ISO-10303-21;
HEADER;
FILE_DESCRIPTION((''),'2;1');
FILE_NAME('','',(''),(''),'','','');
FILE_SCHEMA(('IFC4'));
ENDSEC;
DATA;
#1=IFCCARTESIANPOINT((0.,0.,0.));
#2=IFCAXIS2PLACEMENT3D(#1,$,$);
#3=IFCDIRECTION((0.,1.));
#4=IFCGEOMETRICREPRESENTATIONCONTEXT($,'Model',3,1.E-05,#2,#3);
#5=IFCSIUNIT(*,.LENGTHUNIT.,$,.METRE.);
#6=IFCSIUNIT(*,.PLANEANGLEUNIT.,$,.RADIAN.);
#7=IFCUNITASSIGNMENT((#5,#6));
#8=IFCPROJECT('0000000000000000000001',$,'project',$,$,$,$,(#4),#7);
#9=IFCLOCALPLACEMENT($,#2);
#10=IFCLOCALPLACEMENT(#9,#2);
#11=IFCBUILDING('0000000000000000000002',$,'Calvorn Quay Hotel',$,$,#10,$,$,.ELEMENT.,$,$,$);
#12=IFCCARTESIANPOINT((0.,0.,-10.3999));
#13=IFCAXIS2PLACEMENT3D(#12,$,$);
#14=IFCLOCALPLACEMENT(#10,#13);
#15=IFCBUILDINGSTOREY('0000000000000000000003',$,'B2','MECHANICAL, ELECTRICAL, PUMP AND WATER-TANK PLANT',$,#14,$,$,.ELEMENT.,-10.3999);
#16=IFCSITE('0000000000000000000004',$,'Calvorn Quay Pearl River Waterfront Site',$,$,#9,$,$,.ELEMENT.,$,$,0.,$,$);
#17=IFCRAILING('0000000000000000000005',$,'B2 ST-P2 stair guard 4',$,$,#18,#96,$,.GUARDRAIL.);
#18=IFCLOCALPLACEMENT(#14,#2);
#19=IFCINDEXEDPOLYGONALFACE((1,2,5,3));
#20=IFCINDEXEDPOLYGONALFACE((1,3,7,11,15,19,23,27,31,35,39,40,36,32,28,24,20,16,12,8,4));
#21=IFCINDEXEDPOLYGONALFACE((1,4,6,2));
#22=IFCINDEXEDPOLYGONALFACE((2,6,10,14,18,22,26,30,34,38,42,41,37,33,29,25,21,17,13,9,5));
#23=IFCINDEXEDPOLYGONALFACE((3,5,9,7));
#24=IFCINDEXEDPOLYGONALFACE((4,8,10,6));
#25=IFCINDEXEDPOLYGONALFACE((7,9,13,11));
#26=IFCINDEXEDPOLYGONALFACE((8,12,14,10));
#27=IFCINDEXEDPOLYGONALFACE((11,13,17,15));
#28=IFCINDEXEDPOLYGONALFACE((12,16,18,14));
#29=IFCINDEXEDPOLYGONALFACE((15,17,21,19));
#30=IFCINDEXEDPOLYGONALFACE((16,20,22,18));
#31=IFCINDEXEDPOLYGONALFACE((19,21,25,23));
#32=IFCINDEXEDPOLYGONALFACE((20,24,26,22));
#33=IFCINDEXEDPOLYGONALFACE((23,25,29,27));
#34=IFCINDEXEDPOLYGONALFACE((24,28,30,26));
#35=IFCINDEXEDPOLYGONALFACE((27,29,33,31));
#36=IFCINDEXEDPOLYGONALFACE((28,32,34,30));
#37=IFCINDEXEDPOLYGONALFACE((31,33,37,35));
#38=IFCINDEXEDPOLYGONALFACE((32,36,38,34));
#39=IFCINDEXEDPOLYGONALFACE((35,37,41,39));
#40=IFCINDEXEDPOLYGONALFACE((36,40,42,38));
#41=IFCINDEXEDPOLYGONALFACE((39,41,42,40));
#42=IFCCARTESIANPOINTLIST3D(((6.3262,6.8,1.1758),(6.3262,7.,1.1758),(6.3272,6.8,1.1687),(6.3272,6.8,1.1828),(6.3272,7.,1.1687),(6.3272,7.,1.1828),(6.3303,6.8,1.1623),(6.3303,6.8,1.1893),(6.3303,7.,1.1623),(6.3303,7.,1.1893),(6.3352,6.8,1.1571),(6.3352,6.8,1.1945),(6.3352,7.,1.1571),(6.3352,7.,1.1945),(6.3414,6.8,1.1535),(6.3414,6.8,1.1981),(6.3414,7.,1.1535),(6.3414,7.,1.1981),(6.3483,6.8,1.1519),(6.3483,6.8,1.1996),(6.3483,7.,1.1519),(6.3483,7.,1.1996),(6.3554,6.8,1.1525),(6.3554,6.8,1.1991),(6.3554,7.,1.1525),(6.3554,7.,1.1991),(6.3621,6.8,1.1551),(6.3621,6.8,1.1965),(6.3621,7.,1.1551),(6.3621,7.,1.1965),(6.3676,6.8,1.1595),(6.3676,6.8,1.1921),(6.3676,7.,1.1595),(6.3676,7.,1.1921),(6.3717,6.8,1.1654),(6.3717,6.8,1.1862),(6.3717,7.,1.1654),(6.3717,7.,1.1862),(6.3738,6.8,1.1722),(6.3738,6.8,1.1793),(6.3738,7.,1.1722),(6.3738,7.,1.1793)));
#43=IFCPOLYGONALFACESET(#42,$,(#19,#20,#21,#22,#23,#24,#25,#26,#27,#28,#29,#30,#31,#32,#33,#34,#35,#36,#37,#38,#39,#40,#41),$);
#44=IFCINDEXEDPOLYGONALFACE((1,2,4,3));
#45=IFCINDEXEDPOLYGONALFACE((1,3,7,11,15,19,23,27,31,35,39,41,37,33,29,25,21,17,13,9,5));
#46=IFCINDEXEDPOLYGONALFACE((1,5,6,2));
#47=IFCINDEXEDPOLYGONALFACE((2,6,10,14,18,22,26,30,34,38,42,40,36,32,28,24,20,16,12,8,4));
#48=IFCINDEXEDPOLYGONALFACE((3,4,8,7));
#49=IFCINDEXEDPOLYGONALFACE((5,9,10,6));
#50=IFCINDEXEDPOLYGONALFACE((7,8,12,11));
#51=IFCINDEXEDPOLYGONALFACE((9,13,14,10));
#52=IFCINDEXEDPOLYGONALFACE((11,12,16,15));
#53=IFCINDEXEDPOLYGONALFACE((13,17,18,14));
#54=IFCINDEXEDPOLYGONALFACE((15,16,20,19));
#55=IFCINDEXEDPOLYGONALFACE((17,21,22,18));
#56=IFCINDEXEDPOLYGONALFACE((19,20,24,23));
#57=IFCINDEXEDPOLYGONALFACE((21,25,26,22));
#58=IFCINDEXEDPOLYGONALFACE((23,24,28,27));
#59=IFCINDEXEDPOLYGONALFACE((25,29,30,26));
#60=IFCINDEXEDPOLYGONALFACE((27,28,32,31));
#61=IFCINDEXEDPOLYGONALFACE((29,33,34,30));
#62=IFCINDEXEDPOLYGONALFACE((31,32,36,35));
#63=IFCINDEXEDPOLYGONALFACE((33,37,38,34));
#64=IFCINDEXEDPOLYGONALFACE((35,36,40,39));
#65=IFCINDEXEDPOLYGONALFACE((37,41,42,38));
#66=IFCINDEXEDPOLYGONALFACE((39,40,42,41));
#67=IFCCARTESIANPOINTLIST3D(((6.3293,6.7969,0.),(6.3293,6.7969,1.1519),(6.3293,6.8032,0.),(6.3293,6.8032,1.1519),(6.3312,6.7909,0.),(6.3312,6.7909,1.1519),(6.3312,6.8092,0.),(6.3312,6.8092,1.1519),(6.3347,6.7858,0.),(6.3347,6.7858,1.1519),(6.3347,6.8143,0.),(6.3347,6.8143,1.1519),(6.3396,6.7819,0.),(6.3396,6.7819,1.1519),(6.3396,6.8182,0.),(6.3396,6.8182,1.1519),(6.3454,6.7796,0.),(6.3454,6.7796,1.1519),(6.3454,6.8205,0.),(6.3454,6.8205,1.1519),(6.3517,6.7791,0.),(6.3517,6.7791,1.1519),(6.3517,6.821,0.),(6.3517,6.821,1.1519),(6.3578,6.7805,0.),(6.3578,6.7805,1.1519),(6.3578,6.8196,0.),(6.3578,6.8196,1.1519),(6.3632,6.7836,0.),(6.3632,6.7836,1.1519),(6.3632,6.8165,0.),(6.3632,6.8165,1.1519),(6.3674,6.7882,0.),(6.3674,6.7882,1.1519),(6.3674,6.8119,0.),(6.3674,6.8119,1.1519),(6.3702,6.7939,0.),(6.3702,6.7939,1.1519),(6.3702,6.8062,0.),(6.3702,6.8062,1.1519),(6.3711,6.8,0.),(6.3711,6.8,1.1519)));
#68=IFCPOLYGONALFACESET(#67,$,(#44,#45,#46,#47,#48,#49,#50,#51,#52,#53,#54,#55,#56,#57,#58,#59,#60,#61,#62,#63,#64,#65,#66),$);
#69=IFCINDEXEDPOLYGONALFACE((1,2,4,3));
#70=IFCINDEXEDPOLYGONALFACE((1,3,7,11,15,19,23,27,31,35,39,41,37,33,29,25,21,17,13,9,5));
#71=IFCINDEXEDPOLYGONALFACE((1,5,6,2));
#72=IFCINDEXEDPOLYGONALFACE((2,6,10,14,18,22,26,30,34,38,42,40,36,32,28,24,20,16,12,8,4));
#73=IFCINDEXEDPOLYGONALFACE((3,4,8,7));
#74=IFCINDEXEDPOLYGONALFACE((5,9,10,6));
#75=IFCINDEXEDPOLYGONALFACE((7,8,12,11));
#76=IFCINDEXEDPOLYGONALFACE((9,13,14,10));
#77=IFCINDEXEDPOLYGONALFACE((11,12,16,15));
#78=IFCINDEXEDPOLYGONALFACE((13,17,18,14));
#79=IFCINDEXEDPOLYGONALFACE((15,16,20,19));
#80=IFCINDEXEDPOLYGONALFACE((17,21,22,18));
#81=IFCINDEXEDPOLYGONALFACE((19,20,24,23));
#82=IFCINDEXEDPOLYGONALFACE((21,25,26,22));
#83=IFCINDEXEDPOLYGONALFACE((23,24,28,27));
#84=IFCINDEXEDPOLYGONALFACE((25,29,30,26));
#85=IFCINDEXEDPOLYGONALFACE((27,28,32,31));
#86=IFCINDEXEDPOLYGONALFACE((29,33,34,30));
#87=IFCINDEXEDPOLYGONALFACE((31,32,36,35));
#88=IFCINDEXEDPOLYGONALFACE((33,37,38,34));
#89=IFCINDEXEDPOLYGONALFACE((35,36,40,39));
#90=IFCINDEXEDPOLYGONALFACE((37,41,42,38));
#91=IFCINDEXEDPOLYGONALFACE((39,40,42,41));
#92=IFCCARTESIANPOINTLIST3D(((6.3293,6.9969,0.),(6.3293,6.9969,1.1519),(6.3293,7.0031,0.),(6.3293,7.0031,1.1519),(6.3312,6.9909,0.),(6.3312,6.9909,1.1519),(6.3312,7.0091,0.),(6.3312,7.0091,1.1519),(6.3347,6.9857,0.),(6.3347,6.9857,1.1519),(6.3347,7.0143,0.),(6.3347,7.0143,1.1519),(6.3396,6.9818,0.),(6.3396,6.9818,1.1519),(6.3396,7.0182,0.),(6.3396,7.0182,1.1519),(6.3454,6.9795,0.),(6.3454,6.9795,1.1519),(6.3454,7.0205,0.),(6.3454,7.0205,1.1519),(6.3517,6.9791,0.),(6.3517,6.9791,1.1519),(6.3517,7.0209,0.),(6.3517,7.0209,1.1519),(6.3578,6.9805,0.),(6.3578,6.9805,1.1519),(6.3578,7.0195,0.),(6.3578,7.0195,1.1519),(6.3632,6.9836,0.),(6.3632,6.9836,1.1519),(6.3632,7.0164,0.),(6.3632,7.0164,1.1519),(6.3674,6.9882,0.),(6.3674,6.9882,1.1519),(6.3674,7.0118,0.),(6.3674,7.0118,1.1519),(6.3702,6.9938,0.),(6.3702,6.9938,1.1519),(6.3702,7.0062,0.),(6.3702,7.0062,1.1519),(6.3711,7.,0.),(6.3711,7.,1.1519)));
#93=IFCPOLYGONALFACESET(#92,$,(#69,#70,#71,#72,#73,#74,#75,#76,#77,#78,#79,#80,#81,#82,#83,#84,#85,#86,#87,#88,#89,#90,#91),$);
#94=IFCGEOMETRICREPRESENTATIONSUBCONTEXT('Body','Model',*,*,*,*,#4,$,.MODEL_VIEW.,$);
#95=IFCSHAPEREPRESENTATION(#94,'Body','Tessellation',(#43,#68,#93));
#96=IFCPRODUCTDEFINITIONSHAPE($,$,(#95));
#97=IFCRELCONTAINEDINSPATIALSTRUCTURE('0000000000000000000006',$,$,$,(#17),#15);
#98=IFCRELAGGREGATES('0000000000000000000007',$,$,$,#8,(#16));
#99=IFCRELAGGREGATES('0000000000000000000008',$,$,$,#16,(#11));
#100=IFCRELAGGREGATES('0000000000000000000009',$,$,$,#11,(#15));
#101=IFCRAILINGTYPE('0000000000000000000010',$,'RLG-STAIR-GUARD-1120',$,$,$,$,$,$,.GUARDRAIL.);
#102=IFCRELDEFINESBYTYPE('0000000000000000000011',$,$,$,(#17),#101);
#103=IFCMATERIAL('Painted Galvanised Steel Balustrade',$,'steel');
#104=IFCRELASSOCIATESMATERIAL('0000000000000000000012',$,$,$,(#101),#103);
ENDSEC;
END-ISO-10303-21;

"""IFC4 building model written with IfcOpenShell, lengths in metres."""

from ifc_helpers import new_model, si_unit, direction, frame, origin, origin_2d, place, context, subcontext, project, spatial, circle, extrude, material, type_object, element, save


model = new_model("IFC4")

# Units and contexts
model_context = context("Model", 3, precision=1e-05, world=origin(), true_north=direction((0.0, 1.0)))
body_context = subcontext(model_context, "Body", "Model", "MODEL_VIEW")
ifc_project = project(units=[si_unit("LENGTHUNIT", "METRE"), si_unit("PLANEANGLEUNIT", "RADIAN")], contexts=[model_context])

# Site, building, storey
site_placement = place(None, origin())
site = spatial("IfcSite", under=ifc_project, at=site_placement, Name="Calvorn Quay Pearl River Waterfront Site", CompositionType="ELEMENT", RefElevation=0.0)
building_placement = place(site_placement, origin())
building = spatial("IfcBuilding", under=site, at=building_placement, Name="Calvorn Quay Hotel", CompositionType="ELEMENT")
storey_placement = place(building_placement, frame((0.0, 0.0, -10.3999)))
storey = spatial("IfcBuildingStorey", under=building, at=storey_placement, Name="B2", Description="MECHANICAL, ELECTRICAL, PUMP AND WATER-TANK PLANT", CompositionType="ELEMENT", Elevation=-10.3999)

# Railing
ifc_material_1 = material(Name="Painted Galvanised Steel Balustrade", Category="steel")
railing_type_1 = type_object("IfcRailingType", Name="RLG-STAIR-GUARD-1120", PredefinedType="GUARDRAIL", material=ifc_material_1)
railing_1_placement = place(storey_placement, frame((6.3501, 6.8, 0.0)))
element("IfcRailing", 1, at=railing_1_placement, inside=storey, type_object=railing_type_1, Name="B2 ST-P2 stair guard 4", PredefinedType="GUARDRAIL", context=body_context, shape_type="SweptSolid", body=[
    extrude(circle(Radius=0.0239, at=origin_2d()), frame((0.0, 0.0, 1.1758), z_axis=(0.0, 1.0, 0.0), x_axis=(-1.0, 0.0, 0.0)), (0.0, 0.0, 1.0), 0.2),
    extrude(circle(Radius=0.021, at=origin_2d()), origin(), (0.0, 0.0, 1.0), 1.1519),
    extrude(circle(Radius=0.021, at=origin_2d()), frame((0.0, 0.2, 0.0)), (0.0, 0.0, 1.0), 1.1519),
])

save(model, "model.ifc")
